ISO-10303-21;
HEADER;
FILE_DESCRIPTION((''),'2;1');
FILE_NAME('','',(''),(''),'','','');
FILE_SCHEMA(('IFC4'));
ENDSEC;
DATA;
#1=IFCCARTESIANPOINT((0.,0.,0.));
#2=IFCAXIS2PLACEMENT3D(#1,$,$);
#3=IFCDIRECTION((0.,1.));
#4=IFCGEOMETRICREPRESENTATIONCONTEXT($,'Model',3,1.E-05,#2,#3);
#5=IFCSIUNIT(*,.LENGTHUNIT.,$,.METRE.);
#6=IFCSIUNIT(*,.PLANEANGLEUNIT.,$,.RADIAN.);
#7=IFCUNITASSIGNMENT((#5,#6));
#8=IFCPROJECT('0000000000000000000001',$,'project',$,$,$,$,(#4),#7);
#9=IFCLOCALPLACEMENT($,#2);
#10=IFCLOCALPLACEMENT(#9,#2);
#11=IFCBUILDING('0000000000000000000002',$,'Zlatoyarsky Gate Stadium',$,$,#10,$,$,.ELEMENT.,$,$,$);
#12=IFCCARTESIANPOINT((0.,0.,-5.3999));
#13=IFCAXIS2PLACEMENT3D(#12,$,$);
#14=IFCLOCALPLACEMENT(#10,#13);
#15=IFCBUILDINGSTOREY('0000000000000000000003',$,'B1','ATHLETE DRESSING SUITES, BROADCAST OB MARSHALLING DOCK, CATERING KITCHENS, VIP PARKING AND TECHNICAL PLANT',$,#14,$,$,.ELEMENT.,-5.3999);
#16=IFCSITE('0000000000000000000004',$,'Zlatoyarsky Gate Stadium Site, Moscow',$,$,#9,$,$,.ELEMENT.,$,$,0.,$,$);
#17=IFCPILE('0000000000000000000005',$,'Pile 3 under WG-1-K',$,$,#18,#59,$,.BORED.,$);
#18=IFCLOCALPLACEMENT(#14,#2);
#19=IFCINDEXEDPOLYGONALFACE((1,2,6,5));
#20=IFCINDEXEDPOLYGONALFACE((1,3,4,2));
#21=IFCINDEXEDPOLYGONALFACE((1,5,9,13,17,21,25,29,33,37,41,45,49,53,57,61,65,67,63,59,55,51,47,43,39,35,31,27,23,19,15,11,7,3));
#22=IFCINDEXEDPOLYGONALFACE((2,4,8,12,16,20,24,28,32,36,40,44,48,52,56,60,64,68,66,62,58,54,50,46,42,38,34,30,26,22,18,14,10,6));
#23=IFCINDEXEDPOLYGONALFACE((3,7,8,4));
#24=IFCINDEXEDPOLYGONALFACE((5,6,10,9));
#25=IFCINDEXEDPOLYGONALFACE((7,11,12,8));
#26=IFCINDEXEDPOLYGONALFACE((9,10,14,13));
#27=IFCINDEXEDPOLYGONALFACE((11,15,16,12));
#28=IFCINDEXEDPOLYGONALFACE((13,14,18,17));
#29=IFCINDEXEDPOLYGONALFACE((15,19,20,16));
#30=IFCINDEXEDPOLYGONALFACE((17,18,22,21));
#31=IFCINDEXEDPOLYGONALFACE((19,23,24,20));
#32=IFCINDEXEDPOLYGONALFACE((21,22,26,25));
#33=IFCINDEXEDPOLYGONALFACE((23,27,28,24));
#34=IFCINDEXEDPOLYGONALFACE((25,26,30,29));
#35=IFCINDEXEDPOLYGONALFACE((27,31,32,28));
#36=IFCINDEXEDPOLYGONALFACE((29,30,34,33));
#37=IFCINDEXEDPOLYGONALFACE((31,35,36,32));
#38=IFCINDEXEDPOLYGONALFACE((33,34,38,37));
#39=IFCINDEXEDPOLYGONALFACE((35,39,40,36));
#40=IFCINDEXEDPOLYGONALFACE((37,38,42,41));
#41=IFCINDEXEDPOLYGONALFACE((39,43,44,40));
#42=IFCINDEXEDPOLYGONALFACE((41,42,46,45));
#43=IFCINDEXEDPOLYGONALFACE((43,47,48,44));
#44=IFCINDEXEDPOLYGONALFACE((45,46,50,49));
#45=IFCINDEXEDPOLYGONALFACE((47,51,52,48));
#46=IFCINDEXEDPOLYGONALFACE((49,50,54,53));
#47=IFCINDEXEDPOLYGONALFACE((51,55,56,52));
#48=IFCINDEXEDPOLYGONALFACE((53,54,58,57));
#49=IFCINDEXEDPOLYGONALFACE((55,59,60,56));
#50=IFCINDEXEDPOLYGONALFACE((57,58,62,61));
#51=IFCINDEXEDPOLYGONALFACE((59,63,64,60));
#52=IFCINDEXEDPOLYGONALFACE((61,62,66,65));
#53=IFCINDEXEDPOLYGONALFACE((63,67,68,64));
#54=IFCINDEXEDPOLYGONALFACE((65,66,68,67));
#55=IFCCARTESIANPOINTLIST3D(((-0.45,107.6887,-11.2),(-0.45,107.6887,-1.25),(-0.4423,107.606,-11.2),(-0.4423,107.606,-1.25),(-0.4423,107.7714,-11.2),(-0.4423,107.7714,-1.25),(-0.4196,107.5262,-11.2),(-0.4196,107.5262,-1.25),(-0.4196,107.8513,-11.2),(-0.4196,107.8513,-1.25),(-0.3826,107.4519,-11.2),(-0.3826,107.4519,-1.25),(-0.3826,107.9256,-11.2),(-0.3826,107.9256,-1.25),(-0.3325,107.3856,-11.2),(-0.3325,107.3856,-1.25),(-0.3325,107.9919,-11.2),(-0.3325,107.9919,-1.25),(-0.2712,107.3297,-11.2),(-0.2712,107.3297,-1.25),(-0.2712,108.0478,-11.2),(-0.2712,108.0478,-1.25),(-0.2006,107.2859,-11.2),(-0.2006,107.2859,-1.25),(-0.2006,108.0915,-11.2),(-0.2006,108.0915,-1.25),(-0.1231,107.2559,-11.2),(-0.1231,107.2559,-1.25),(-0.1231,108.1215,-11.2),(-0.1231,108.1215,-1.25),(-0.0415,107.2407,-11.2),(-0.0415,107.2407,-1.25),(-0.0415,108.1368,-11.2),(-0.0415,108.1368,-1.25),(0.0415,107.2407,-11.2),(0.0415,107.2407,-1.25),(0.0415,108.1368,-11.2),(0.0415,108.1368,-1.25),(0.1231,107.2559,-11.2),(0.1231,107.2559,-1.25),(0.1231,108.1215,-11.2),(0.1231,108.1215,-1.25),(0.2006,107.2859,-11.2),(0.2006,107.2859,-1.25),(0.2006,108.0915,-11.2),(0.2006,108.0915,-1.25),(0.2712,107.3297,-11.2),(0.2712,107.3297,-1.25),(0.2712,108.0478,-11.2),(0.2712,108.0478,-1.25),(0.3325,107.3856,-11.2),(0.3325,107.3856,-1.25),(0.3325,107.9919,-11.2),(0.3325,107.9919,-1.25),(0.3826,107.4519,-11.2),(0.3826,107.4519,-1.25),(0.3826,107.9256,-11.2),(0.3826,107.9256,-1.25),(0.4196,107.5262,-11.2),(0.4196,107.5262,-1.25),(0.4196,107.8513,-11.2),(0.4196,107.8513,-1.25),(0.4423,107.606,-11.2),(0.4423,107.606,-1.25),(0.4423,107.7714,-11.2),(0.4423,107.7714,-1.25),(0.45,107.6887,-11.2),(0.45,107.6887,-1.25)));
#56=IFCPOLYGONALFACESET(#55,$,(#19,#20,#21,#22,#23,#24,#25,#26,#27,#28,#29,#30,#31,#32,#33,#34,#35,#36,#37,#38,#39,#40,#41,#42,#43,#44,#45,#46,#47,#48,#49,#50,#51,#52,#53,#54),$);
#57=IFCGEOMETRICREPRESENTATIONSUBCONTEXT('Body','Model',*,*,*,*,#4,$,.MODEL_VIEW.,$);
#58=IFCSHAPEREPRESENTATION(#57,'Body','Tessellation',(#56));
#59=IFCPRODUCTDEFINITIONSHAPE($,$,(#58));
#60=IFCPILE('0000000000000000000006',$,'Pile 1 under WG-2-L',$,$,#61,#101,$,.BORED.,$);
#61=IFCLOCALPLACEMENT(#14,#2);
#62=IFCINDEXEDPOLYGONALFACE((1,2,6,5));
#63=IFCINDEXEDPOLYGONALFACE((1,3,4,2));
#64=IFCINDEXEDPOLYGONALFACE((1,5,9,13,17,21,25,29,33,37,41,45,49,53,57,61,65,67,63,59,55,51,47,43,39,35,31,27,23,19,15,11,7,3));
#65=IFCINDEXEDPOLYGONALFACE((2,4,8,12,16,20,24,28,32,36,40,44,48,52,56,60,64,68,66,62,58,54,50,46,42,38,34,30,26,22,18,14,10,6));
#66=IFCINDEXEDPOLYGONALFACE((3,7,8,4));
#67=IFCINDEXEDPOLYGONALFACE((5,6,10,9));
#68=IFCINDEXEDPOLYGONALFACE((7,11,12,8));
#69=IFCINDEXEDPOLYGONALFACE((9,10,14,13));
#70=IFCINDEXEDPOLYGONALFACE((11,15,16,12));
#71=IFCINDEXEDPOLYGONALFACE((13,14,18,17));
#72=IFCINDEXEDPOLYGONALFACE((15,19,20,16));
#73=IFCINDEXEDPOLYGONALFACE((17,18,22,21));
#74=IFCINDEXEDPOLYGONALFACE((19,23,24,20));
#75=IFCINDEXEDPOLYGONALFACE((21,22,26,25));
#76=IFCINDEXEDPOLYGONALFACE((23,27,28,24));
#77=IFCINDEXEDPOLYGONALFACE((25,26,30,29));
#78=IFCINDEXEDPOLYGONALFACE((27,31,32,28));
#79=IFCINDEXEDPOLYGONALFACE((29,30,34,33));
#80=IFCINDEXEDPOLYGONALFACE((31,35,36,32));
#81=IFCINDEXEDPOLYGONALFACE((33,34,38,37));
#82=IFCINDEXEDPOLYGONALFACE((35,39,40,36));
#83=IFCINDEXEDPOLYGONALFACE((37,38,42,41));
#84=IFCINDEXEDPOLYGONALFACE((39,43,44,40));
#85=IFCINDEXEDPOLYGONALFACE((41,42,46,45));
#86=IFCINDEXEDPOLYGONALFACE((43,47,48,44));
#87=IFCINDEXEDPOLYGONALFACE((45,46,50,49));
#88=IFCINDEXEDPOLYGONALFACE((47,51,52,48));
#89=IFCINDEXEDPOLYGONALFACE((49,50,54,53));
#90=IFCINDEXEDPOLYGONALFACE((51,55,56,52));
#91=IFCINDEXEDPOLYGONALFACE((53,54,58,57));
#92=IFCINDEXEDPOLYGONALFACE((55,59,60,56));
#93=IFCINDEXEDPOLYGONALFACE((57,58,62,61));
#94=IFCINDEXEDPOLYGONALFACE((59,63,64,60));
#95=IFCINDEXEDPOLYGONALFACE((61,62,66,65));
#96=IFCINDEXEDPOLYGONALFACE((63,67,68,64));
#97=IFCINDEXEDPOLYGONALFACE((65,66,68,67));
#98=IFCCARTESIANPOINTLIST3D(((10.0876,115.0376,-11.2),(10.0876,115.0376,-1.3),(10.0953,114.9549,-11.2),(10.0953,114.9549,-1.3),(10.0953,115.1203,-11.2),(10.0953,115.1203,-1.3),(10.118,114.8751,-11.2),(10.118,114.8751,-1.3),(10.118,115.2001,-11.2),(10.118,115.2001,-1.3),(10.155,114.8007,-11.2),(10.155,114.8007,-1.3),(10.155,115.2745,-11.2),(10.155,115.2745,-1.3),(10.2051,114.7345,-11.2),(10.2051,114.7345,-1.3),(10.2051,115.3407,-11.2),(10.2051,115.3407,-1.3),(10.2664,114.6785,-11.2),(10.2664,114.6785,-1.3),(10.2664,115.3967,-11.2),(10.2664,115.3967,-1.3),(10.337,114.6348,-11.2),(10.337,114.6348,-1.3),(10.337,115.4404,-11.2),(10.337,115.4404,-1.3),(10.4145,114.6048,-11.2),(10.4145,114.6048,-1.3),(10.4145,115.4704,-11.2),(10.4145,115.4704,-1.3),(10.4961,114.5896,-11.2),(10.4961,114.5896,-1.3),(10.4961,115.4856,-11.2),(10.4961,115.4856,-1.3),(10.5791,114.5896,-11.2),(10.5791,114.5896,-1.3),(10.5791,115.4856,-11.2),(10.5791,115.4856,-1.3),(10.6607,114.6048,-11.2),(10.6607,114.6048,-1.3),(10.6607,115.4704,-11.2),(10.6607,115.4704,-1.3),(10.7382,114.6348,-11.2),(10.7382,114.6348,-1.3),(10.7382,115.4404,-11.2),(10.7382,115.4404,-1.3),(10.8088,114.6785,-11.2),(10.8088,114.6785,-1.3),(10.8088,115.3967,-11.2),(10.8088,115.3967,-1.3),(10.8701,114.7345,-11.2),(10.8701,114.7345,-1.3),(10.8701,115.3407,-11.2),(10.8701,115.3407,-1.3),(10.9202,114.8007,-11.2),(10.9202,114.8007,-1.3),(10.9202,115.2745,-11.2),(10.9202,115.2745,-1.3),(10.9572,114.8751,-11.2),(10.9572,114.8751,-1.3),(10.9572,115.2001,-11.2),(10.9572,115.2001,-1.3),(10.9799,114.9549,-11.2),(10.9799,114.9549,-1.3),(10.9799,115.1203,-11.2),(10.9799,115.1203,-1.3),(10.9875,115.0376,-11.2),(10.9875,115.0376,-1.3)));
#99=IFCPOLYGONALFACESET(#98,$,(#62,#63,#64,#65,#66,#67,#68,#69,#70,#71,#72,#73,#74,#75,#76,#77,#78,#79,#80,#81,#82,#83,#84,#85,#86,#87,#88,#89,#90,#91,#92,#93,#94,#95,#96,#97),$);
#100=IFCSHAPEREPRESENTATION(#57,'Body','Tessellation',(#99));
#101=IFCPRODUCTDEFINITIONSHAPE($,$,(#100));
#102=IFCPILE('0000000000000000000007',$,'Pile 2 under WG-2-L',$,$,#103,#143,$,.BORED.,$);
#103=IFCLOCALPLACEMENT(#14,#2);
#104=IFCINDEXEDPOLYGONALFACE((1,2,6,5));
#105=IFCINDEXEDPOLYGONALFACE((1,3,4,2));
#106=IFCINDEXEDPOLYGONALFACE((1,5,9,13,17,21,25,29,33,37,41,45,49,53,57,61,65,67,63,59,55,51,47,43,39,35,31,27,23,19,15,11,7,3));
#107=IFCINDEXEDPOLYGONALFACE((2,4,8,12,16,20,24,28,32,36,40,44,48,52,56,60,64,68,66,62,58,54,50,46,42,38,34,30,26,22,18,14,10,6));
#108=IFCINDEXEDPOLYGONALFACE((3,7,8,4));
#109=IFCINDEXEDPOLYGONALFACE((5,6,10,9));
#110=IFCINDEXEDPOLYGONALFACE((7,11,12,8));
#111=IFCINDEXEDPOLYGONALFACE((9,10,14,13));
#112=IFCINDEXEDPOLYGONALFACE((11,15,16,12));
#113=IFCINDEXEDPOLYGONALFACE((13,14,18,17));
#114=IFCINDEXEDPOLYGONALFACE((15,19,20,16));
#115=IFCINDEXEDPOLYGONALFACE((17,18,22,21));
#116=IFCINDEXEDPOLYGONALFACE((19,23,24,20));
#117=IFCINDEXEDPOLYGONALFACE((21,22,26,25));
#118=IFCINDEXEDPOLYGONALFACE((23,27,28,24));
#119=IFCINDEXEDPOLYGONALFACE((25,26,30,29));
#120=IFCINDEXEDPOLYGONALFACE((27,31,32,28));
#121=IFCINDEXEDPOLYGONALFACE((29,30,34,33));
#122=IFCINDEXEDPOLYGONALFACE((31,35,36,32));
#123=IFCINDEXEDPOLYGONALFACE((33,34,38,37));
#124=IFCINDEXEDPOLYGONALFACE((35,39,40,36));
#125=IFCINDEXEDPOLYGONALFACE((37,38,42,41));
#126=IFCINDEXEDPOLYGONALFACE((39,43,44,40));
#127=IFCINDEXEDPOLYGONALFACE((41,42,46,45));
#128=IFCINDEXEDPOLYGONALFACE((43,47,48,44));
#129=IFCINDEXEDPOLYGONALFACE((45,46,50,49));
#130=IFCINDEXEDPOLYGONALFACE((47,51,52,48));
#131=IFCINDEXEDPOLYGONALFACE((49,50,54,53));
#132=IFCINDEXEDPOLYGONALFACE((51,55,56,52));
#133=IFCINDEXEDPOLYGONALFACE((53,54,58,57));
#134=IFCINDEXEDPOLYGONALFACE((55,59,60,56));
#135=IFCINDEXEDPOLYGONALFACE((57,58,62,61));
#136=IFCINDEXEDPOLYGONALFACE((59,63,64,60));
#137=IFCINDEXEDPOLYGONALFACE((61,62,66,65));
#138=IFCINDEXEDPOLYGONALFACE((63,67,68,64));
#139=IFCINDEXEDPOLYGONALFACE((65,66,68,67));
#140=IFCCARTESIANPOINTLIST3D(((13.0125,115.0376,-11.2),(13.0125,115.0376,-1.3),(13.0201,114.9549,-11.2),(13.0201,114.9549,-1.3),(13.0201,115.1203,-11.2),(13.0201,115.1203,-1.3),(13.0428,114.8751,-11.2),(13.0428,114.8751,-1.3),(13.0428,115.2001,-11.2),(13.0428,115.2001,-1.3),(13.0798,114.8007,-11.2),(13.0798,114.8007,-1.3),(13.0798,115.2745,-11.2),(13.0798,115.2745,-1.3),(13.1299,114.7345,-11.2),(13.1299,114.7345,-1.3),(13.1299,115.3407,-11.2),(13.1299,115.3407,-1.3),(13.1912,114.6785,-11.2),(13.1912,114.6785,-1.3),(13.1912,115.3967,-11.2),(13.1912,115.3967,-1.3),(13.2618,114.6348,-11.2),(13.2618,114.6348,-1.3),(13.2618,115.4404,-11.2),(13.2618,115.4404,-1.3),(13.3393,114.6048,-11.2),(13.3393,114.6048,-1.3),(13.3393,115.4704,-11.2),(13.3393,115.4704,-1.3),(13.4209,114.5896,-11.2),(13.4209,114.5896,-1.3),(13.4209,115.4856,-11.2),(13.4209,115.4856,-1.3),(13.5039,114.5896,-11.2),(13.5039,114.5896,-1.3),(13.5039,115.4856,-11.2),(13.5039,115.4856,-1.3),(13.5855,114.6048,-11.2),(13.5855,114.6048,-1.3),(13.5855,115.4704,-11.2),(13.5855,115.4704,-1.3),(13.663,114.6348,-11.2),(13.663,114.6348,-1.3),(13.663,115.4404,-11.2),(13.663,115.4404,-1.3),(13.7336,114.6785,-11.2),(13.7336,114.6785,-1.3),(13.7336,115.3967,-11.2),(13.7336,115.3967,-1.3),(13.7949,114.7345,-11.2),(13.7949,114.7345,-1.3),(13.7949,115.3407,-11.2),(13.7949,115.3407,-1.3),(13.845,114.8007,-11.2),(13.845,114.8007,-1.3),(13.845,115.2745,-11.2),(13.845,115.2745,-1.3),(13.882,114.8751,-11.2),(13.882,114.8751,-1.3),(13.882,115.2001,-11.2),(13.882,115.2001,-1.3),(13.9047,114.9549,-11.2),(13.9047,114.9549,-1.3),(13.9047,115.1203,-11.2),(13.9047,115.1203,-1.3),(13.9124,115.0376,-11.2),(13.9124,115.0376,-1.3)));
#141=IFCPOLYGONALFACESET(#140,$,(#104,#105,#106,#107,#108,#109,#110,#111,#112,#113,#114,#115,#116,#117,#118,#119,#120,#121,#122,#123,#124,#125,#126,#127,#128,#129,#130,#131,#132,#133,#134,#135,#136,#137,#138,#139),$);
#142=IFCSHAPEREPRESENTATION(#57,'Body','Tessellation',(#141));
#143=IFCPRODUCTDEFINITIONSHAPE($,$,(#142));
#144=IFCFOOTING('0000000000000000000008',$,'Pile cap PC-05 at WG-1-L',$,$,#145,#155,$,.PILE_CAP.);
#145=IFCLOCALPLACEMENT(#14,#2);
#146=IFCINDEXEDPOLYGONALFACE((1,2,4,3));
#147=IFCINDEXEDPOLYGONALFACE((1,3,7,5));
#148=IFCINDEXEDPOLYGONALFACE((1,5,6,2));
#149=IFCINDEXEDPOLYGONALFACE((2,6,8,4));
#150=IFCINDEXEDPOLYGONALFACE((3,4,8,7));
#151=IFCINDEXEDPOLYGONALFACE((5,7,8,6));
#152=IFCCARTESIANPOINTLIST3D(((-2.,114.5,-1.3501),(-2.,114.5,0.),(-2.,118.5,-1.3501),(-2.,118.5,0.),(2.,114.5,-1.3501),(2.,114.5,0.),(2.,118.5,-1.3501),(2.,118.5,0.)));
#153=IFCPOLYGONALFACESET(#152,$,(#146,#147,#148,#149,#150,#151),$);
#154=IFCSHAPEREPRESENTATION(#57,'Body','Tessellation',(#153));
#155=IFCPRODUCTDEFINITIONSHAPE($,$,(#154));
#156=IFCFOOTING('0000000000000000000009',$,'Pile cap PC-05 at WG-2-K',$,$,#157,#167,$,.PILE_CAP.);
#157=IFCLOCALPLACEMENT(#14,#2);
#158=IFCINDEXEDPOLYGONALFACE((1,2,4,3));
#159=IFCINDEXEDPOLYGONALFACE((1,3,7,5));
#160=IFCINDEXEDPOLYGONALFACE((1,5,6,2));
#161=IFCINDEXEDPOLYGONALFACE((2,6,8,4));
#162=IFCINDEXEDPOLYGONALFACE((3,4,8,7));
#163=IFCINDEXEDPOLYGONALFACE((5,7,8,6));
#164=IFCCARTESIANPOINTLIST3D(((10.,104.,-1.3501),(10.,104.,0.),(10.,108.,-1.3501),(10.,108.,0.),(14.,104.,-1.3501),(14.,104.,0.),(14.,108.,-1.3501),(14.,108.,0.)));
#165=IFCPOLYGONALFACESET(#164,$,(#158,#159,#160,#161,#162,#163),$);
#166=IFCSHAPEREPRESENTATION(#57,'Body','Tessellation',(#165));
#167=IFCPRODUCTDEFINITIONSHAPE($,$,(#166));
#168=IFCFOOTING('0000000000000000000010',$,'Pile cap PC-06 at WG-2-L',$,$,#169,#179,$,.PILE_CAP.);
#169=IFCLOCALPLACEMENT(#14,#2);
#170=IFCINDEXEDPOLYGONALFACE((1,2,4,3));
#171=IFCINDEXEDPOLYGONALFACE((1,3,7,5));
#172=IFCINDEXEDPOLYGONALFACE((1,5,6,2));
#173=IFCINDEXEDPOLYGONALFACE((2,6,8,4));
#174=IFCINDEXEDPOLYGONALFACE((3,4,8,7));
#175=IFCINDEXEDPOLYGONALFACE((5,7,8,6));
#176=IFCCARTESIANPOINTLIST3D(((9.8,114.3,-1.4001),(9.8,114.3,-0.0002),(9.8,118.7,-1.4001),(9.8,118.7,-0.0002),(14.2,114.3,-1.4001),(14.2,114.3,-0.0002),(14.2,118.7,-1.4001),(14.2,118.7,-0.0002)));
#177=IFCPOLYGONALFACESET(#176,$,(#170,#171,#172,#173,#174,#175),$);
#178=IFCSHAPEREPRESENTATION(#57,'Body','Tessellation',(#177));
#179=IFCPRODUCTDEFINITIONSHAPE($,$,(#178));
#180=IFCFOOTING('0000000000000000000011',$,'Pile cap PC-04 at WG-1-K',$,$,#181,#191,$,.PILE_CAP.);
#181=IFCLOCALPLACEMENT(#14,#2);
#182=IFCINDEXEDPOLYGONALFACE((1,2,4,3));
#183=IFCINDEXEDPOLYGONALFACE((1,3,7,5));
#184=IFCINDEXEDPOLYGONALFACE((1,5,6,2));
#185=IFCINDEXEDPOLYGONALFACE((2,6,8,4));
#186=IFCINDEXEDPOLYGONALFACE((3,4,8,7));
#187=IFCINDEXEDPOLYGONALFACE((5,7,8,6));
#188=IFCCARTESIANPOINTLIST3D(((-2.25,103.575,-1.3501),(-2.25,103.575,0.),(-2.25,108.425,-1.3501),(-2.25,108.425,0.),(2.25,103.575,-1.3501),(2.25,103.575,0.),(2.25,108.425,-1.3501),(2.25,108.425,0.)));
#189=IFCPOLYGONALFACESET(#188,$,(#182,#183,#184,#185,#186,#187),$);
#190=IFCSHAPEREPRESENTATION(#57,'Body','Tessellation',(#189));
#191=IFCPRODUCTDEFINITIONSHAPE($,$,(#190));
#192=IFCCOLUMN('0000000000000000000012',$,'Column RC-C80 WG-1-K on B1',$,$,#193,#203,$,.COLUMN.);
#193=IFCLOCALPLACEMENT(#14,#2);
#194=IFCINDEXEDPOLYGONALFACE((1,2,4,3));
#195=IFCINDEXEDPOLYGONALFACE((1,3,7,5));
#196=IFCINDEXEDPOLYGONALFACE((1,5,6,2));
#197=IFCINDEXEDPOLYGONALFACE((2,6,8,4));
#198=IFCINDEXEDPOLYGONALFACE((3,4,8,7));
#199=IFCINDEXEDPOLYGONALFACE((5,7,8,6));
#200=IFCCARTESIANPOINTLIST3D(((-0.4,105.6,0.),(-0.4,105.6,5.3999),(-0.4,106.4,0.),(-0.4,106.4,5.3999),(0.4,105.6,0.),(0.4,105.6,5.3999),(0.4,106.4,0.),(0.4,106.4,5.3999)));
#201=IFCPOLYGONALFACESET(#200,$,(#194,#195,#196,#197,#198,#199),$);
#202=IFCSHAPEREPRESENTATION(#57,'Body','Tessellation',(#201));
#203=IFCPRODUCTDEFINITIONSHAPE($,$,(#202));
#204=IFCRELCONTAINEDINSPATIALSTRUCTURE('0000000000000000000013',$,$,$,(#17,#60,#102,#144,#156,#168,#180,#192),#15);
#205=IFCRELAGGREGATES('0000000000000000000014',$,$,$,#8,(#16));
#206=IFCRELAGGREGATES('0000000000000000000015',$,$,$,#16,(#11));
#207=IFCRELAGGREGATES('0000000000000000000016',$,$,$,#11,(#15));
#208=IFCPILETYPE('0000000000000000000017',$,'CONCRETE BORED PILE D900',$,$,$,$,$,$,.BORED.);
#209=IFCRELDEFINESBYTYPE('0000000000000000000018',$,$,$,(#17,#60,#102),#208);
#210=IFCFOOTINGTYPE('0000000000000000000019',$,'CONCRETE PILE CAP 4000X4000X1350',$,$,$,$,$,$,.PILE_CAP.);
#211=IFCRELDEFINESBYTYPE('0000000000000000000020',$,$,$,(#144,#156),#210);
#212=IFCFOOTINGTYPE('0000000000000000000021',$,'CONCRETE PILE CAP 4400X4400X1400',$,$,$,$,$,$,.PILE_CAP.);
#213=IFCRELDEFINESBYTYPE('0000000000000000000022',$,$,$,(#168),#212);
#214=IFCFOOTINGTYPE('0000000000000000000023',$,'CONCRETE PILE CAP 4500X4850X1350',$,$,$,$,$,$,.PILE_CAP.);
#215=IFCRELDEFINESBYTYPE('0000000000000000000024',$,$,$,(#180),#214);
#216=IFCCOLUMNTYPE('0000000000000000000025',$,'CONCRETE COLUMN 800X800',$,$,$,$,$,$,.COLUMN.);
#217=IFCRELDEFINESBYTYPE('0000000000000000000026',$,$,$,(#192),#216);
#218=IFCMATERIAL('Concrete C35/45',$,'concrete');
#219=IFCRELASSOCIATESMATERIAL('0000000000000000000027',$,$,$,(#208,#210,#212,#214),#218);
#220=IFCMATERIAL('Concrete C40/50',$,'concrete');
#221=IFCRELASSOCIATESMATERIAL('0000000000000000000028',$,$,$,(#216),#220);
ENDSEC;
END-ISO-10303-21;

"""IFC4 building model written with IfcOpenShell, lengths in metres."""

from ifc_helpers import new_model, si_unit, direction, frame, origin, origin_2d, place, context, subcontext, project, spatial, rectangle, circle, extrude, material, material_profile, profile_set, type_object, element, save


model = new_model("IFC4")

# Units and contexts
model_context = context("Model", 3, precision=1e-05, world=origin(), true_north=direction((0.0, 1.0)))
body_context = subcontext(model_context, "Body", "Model", "MODEL_VIEW")
ifc_project = project(units=[si_unit("LENGTHUNIT", "METRE"), si_unit("PLANEANGLEUNIT", "RADIAN")], contexts=[model_context])

# Site, building, storey
site_placement = place(None, origin())
site = spatial("IfcSite", under=ifc_project, at=site_placement, Name="Zlatoyarsky Gate Stadium Site, Moscow", CompositionType="ELEMENT", RefElevation=0.0)
building_placement = place(site_placement, origin())
building = spatial("IfcBuilding", under=site, at=building_placement, Name="Zlatoyarsky Gate Stadium", CompositionType="ELEMENT")
storey_placement = place(building_placement, frame((0.0, 0.0, -5.3999)))
storey = spatial("IfcBuildingStorey", under=building, at=storey_placement, Name="B1", Description="ATHLETE DRESSING SUITES, BROADCAST OB MARSHALLING DOCK, CATERING KITCHENS, VIP PARKING AND TECHNICAL PLANT", CompositionType="ELEMENT", Elevation=-5.3999)

# Piles
ifc_material_1 = material(Name="Concrete C35/45", Category="concrete")
ifc_material_profile_1 = material_profile(ifc_material_1, circle(Radius=0.45, at=origin_2d()), Name="BORED PILE D900")
ifc_profile_set_1 = profile_set([ifc_material_profile_1], Name="Concrete C35/45")
pile_type_1 = type_object("IfcPileType", Name="CONCRETE BORED PILE D900", PredefinedType="BORED", material=ifc_profile_set_1)
for number, where, z_axis, x_axis, name in (
    (1, (0.0, 107.6887, -1.25), (0.0, 0.0, -1.0), (1.0, 0.0, 0.0), "Pile 3 under WG-1-K"),
):
    element("IfcPile", number, at=place(storey_placement, frame(where, z_axis=z_axis, x_axis=x_axis)), inside=storey, type_object=pile_type_1, Name=name, PredefinedType="BORED", context=body_context, shape_type="SweptSolid", body=[
        extrude(circle(Radius=0.45, at=origin_2d()), origin(), (0.0, 0.0, 1.0), 9.95),
    ])
for number, where, z_axis, x_axis, name in (
    (2, (10.5376, 115.0376, -1.3), (0.0, 0.0, -1.0), (1.0, 0.0, 0.0), "Pile 1 under WG-2-L"),
    (3, (13.4624, 115.0376, -1.3), (0.0, 0.0, -1.0), (1.0, 0.0, 0.0), "Pile 2 under WG-2-L"),
):
    element("IfcPile", number, at=place(storey_placement, frame(where, z_axis=z_axis, x_axis=x_axis)), inside=storey, type_object=pile_type_1, Name=name, PredefinedType="BORED", context=body_context, shape_type="SweptSolid", body=[
        extrude(circle(Radius=0.45, at=origin_2d()), origin(), (0.0, 0.0, 1.0), 9.8999),
    ])

# Footings
footing_type_1 = type_object("IfcFootingType", Name="CONCRETE PILE CAP 4000X4000X1350", PredefinedType="PILE_CAP", material=ifc_material_1)
for number, where, z_axis, x_axis, name in (
    (4, (0.0, 116.5, -1.3501), (0.0, 0.0, 1.0), (1.0, 0.0, 0.0), "Pile cap PC-05 at WG-1-L"),
    (5, (12.0, 106.0, -1.3501), (0.0, 0.0, 1.0), (1.0, 0.0, 0.0), "Pile cap PC-05 at WG-2-K"),
):
    element("IfcFooting", number, at=place(storey_placement, frame(where, z_axis=z_axis, x_axis=x_axis)), inside=storey, type_object=footing_type_1, Name=name, PredefinedType="PILE_CAP", context=body_context, shape_type="SweptSolid", body=[
        extrude(rectangle(XDim=4.0, YDim=4.0, at=origin_2d()), origin(), (0.0, 0.0, 1.0), 1.3501),
    ])
footing_type_2 = type_object("IfcFootingType", Name="CONCRETE PILE CAP 4400X4400X1400", PredefinedType="PILE_CAP", material=ifc_material_1)
footing_1_placement = place(storey_placement, frame((12.0, 116.5, -1.4001), z_axis=(0.0, 0.0, 1.0), x_axis=(1.0, 0.0, 0.0)))
element("IfcFooting", 6, at=footing_1_placement, inside=storey, type_object=footing_type_2, Name="Pile cap PC-06 at WG-2-L", PredefinedType="PILE_CAP", context=body_context, shape_type="SweptSolid", body=[
    extrude(rectangle(XDim=4.3999, YDim=4.3999, at=origin_2d()), origin(), (0.0, 0.0, 1.0), 1.3999),
])
footing_type_3 = type_object("IfcFootingType", Name="CONCRETE PILE CAP 4500X4850X1350", PredefinedType="PILE_CAP", material=ifc_material_1)
footing_2_placement = place(storey_placement, frame((0.0, 106.0, -1.3501), z_axis=(0.0, 0.0, 1.0), x_axis=(1.0, 0.0, 0.0)))
element("IfcFooting", 7, at=footing_2_placement, inside=storey, type_object=footing_type_3, Name="Pile cap PC-04 at WG-1-K", PredefinedType="PILE_CAP", context=body_context, shape_type="SweptSolid", body=[
    extrude(rectangle(XDim=4.5, YDim=4.8501, at=origin_2d()), origin(), (0.0, 0.0, 1.0), 1.3501),
])

# Column
ifc_material_2 = material(Name="Concrete C40/50", Category="concrete")
ifc_material_profile_2 = material_profile(ifc_material_2, rectangle(XDim=0.8, YDim=0.8, at=origin_2d()), Name="RC COL 800X800")
ifc_profile_set_2 = profile_set([ifc_material_profile_2], Name="Concrete C40/50")
column_type = type_object("IfcColumnType", Name="CONCRETE COLUMN 800X800", PredefinedType="COLUMN", material=ifc_profile_set_2)
for number, where, z_axis, x_axis, name in (
    (8, (0.0, 106.0, 0.0), (0.0, 0.0, 1.0), (1.0, 0.0, 0.0), "Column RC-C80 WG-1-K on B1"),
):
    element("IfcColumn", number, at=place(storey_placement, frame(where, z_axis=z_axis, x_axis=x_axis)), inside=storey, type_object=column_type, Name=name, PredefinedType="COLUMN", context=body_context, shape_type="SweptSolid", body=[
        extrude(rectangle(XDim=0.8, YDim=0.8, at=origin_2d()), origin(), (0.0, 0.0, 1.0), 5.3999),
    ])

save(model, "model.ifc")
